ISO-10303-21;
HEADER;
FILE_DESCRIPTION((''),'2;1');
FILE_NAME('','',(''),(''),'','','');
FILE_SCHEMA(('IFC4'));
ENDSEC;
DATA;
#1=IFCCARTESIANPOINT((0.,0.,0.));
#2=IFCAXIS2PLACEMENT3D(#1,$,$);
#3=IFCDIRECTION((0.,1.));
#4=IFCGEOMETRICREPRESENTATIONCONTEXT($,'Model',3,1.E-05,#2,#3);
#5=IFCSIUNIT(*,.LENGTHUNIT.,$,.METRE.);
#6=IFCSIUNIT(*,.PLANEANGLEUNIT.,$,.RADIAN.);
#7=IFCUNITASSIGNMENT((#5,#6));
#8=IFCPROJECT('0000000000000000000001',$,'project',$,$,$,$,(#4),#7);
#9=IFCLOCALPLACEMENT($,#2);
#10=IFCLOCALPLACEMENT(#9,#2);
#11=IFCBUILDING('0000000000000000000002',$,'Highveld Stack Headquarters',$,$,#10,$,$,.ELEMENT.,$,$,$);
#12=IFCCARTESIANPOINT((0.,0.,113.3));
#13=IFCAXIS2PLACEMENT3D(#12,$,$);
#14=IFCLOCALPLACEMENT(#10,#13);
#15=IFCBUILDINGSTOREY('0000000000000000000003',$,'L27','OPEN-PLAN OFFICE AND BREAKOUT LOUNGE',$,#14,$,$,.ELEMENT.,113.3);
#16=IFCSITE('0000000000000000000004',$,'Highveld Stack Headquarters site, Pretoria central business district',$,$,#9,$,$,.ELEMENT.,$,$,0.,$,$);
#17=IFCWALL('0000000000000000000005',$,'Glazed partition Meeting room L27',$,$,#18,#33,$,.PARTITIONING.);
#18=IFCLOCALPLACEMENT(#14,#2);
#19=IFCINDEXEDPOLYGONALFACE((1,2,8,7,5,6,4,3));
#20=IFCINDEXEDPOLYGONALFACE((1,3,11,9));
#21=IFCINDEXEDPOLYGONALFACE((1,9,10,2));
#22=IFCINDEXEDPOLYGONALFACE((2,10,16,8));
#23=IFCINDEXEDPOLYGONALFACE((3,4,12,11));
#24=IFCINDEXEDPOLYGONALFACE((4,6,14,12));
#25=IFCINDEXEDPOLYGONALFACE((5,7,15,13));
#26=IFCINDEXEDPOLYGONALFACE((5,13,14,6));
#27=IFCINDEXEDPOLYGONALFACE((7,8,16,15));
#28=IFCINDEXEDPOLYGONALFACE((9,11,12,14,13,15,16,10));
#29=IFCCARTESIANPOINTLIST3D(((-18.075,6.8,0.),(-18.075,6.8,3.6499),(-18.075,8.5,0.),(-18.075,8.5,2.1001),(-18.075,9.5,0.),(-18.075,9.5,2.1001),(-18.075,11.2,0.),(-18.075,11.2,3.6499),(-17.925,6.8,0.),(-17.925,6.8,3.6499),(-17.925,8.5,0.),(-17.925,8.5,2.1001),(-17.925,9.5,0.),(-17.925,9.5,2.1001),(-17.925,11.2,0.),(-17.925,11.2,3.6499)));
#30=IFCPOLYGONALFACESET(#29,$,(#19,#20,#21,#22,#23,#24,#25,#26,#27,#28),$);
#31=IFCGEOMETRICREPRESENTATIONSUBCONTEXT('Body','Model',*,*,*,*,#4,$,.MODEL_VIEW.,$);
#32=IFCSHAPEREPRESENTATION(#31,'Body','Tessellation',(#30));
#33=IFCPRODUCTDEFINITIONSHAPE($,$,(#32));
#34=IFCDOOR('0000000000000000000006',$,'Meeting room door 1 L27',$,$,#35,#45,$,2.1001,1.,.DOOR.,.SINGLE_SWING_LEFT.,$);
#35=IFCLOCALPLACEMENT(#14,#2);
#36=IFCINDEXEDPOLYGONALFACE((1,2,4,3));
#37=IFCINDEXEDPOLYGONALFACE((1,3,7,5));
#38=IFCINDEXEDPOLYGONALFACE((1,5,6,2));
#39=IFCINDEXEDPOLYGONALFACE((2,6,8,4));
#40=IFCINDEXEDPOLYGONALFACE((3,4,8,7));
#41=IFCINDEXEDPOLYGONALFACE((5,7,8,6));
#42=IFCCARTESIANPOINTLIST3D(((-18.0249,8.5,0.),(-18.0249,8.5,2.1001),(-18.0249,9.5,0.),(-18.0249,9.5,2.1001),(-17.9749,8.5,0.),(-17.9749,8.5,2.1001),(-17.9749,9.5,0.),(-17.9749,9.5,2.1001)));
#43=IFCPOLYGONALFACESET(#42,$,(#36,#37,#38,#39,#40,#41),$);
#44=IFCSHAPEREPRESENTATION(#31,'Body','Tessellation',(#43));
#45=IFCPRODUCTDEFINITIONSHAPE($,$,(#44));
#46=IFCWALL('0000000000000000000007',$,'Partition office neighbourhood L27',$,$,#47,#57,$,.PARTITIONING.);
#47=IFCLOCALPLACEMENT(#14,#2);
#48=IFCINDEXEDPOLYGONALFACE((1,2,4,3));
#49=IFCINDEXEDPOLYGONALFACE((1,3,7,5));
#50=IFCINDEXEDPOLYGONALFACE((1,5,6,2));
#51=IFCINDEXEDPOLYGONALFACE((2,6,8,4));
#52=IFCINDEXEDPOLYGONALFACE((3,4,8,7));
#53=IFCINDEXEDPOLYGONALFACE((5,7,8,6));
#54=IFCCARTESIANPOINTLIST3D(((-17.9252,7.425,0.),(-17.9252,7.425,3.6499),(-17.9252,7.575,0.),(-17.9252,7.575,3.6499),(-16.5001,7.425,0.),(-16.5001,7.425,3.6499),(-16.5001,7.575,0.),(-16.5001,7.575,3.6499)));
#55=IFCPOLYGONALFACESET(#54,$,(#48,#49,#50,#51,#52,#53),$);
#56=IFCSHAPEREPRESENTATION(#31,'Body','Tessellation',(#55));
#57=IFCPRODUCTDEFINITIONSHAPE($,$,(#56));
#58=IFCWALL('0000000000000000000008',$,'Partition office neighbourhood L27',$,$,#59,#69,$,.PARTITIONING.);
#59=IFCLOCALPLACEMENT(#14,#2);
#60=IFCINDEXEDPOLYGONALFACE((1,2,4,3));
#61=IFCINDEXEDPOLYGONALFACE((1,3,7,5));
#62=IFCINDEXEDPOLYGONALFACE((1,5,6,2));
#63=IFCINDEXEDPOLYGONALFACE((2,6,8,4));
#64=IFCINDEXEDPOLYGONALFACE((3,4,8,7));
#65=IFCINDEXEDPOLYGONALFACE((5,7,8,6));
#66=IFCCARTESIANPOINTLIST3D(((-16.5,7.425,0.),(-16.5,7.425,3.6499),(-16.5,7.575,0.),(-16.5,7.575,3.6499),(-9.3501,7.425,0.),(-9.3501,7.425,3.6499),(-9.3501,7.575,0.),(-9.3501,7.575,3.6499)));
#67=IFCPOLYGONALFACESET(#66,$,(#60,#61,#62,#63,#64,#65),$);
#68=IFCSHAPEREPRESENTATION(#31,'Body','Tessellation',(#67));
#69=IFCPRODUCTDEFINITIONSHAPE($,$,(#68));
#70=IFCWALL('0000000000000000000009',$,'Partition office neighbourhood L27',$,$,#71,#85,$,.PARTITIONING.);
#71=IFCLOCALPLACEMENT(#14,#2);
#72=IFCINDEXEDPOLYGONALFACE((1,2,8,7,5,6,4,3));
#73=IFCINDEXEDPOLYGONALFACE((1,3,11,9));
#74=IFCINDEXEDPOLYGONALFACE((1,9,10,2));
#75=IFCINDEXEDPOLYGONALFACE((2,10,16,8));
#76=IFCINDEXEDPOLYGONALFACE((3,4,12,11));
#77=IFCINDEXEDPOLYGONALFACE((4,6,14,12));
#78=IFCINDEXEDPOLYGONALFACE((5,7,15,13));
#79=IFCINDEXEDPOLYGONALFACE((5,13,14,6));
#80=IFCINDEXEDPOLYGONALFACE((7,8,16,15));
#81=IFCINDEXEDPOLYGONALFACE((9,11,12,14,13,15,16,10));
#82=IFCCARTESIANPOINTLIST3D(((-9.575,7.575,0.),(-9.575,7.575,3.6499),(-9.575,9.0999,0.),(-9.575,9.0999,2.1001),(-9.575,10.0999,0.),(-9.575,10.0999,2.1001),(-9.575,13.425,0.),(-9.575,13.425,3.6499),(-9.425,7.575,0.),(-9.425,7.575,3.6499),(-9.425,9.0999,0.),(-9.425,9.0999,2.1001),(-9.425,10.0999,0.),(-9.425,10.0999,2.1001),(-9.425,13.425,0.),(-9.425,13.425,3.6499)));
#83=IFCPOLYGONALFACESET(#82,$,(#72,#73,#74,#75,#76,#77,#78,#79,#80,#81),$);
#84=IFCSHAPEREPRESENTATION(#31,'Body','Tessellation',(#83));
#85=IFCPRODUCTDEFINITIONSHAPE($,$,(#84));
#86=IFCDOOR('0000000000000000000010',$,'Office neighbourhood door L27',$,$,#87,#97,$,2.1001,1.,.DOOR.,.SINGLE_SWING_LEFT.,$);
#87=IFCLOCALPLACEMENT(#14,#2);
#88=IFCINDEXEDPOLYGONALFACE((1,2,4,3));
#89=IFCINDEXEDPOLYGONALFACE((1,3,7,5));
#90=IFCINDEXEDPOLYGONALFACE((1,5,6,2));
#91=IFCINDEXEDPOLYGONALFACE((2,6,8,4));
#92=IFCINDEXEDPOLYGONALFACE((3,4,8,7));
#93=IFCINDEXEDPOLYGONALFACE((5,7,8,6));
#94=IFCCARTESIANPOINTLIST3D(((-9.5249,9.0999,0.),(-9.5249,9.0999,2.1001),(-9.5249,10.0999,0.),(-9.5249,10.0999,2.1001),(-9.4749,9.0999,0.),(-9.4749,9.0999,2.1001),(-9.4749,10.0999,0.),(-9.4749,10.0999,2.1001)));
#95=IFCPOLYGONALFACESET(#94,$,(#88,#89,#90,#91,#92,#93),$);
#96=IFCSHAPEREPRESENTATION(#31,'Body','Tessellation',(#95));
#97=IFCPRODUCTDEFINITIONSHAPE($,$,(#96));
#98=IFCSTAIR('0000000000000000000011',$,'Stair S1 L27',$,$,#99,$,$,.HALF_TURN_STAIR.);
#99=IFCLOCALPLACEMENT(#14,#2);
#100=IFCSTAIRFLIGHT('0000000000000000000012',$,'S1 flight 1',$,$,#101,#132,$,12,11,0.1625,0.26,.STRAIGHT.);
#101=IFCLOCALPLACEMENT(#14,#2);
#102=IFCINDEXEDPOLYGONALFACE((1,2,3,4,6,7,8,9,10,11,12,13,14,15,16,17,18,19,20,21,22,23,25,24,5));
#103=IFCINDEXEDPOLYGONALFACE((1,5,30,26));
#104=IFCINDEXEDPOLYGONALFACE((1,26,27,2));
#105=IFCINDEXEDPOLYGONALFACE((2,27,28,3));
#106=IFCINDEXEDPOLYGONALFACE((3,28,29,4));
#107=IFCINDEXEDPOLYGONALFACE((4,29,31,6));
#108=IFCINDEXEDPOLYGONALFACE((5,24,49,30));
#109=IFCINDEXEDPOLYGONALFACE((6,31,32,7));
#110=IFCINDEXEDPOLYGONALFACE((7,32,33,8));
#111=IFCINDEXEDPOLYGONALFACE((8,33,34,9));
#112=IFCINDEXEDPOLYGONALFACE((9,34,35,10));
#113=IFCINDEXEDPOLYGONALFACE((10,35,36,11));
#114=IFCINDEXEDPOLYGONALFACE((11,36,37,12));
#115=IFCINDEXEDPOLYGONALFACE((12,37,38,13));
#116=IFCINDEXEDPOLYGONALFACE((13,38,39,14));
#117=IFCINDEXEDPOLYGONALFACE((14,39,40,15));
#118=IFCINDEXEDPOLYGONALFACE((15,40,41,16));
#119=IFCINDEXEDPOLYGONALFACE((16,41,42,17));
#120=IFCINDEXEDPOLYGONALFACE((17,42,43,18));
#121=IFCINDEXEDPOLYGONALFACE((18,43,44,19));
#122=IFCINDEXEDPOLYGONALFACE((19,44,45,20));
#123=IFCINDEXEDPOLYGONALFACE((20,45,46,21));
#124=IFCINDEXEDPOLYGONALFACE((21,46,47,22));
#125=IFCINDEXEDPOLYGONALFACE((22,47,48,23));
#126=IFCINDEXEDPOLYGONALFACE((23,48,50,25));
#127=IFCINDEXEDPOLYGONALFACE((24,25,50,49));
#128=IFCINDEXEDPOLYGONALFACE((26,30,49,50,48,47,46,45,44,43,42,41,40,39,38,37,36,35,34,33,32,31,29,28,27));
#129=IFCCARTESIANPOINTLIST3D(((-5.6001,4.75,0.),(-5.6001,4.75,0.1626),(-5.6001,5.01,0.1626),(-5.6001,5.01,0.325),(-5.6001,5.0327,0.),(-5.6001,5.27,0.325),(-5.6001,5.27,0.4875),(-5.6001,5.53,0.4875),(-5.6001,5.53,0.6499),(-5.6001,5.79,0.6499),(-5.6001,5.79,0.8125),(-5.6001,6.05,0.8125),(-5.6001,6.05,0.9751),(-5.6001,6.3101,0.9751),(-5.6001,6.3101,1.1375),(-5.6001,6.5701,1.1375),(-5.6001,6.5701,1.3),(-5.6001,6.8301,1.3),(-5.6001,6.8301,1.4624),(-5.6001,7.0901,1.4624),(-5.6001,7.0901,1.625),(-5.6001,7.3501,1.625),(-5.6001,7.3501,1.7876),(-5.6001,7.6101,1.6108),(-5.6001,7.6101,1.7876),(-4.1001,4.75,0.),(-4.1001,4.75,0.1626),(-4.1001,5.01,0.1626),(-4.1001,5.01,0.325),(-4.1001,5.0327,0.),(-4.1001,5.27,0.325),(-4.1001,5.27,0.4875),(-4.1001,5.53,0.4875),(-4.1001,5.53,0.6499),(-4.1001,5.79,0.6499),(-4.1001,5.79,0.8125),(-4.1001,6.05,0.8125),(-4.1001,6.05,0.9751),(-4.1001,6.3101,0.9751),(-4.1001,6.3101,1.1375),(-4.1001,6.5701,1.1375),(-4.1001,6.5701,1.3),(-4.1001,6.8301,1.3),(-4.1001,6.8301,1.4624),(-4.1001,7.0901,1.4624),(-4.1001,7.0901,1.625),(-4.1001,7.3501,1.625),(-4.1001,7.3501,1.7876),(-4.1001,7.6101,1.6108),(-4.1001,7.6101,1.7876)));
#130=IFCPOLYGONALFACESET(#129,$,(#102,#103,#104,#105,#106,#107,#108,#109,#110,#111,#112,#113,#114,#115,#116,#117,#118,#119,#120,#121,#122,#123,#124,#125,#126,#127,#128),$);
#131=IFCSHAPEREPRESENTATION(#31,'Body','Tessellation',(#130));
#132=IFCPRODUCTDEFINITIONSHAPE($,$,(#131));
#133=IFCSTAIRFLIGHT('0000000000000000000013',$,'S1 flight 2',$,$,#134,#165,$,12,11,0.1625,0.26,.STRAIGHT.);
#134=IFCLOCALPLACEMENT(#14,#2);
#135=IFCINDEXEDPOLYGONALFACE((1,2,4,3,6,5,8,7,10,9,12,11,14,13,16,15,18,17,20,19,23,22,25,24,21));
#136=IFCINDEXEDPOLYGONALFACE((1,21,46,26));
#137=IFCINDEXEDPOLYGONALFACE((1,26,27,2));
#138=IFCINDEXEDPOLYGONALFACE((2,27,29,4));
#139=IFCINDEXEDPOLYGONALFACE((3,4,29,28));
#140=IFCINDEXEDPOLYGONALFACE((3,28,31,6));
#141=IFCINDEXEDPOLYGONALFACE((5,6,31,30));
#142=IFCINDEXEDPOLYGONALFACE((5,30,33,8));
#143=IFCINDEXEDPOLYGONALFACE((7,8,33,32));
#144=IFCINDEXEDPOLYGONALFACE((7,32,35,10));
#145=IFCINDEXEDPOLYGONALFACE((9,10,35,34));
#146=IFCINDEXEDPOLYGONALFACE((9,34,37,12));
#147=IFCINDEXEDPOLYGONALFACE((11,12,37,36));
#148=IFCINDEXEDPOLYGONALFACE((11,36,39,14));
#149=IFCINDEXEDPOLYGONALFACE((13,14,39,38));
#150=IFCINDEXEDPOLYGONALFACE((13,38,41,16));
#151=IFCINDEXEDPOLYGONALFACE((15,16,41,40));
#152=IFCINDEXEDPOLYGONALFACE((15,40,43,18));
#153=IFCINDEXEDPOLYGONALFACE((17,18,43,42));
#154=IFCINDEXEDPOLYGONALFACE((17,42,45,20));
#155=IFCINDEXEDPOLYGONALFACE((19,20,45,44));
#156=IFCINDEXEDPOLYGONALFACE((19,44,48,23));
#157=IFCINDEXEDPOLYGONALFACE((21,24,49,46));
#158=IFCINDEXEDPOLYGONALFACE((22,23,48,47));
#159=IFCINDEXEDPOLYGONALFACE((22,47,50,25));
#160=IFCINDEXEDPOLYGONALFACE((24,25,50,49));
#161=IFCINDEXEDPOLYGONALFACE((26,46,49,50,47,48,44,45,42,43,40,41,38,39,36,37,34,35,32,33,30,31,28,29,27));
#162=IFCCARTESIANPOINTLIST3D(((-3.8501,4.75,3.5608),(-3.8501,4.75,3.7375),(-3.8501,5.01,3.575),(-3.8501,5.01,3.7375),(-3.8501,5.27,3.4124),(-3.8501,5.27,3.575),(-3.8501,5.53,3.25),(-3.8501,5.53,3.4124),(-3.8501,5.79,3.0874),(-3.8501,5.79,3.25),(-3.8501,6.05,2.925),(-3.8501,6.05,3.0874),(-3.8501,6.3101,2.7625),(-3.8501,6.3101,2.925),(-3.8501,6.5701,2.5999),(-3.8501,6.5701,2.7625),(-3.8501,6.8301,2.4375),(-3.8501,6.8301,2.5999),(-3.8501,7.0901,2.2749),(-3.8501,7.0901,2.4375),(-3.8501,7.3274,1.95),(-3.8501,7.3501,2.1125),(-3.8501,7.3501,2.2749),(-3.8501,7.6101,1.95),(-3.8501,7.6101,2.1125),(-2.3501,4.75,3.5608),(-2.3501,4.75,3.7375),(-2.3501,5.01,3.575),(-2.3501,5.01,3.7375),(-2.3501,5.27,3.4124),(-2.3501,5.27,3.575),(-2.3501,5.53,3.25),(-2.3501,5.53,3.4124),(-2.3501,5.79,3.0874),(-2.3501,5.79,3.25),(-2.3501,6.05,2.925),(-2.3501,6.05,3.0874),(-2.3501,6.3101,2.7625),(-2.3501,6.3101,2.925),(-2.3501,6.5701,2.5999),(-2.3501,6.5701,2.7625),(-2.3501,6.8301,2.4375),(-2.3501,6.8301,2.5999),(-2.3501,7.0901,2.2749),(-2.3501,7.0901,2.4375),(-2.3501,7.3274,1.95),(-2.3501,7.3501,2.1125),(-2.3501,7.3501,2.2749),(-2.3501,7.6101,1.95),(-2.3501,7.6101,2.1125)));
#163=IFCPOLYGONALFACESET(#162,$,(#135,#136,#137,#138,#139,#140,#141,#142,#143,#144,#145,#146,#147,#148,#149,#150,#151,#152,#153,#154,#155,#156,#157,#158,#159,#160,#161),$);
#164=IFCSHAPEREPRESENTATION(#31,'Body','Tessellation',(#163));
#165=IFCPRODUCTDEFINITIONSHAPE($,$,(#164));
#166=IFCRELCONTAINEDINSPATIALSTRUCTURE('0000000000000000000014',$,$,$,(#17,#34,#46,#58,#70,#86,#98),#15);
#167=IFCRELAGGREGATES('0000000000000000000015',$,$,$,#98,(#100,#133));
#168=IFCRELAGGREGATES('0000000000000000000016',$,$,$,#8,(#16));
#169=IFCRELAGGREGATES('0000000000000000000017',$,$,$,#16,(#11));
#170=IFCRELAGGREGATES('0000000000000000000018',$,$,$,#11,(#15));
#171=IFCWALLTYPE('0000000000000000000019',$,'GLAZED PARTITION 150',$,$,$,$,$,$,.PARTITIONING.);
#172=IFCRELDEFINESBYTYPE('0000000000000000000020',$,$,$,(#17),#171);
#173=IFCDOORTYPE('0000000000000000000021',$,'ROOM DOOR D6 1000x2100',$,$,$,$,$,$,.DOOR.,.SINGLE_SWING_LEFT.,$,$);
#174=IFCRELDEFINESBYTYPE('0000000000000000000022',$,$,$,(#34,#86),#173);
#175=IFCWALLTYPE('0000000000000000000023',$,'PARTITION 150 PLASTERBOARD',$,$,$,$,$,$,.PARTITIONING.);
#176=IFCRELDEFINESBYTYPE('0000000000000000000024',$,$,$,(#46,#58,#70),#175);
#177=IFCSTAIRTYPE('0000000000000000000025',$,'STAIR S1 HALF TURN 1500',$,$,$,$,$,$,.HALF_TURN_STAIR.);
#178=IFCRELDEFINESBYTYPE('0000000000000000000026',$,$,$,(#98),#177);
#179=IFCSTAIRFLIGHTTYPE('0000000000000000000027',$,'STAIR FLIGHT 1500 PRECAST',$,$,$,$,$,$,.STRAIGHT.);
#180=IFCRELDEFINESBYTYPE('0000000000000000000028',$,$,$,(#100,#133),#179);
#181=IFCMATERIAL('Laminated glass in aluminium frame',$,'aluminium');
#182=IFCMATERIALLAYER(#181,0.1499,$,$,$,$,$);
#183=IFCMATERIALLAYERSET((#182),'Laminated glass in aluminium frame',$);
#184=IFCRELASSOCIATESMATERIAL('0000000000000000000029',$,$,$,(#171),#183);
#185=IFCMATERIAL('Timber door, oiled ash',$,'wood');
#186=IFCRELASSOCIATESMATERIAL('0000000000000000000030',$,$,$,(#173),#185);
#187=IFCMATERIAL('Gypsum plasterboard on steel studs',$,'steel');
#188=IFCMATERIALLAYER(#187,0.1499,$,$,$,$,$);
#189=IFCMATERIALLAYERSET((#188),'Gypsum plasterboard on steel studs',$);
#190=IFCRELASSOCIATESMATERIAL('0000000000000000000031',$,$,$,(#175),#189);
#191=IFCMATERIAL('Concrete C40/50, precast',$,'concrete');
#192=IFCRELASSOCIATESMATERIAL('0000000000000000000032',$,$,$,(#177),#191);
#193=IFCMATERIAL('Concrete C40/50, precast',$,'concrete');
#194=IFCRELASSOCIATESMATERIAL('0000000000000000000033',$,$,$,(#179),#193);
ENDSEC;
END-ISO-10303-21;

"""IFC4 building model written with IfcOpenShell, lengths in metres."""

from ifc_helpers import new_model, si_unit, direction, frame, frame_2d, origin, place, context, subcontext, project, spatial, polyline, rectangle, outline, extrude, material, layer, layer_set, type_object, element, fill, aggregate, save


model = new_model("IFC4")

# Units and contexts
model_context = context("Model", 3, precision=1e-05, world=origin(), true_north=direction((0.0, 1.0)))
body_context = subcontext(model_context, "Body", "Model", "MODEL_VIEW")
ifc_project = project(units=[si_unit("LENGTHUNIT", "METRE"), si_unit("PLANEANGLEUNIT", "RADIAN")], contexts=[model_context])

# Site, building, storey
site_placement = place(None, origin())
site = spatial("IfcSite", under=ifc_project, at=site_placement, Name="Highveld Stack Headquarters site, Pretoria central business district", CompositionType="ELEMENT", RefElevation=0.0)
building_placement = place(site_placement, origin())
building = spatial("IfcBuilding", under=site, at=building_placement, Name="Highveld Stack Headquarters", CompositionType="ELEMENT")
storey_placement = place(building_placement, frame((0.0, 0.0, 113.3)))
storey = spatial("IfcBuildingStorey", under=building, at=storey_placement, Name="L27", Description="OPEN-PLAN OFFICE AND BREAKOUT LOUNGE", CompositionType="ELEMENT", Elevation=113.3)

# Wall, opening, door
ifc_material_1 = material(Name="Laminated glass in aluminium frame", Category="aluminium")
ifc_layer_1 = layer(ifc_material_1, 0.1499)
ifc_layer_set_1 = layer_set([ifc_layer_1], Name="Laminated glass in aluminium frame")
wall_type_1 = type_object("IfcWallType", Name="GLAZED PARTITION 150", PredefinedType="PARTITIONING", material=ifc_layer_set_1)
wall_1_placement = place(storey_placement, frame((-18.0, 6.8, 0.0), z_axis=(0.0, 0.0, 1.0), x_axis=(0.0, 1.0, 0.0)))
wall_1 = element("IfcWall", 1, at=wall_1_placement, inside=storey, type_object=wall_type_1, Name="Glazed partition Meeting room L27", PredefinedType="PARTITIONING", context=body_context, shape_type="SweptSolid", body=[
    extrude(rectangle(XDim=4.3999, YDim=0.1499, at=frame_2d((2.2, 0.0))), origin(), (0.0, 0.0, 1.0), 3.6499),
])
opening_1_placement = place(wall_1_placement, frame((1.7, 0.0, 0.0)))
opening_1 = element("IfcOpeningElement", 2, at=opening_1_placement, cuts=wall_1, PredefinedType="OPENING", context=body_context, shape_type="SweptSolid", body=[
    extrude(rectangle(XDim=1.0, YDim=2.1001, at=frame_2d((0.5, 1.05))), frame((0.0, 0.085, 0.0), z_axis=(0.0, -1.0, 0.0), x_axis=(1.0, 0.0, 0.0)), (0.0, 0.0, 1.0), 0.1699),
])
ifc_material_2 = material(Name="Timber door, oiled ash", Category="wood")
door_type_1 = type_object("IfcDoorType", Name="ROOM DOOR D6 1000x2100", OperationType="SINGLE_SWING_LEFT", PredefinedType="DOOR", material=ifc_material_2)
door_1_placement = place(opening_1_placement, origin())
door_1 = element("IfcDoor", 3, at=door_1_placement, inside=storey, type_object=door_type_1, Name="Meeting room door 1 L27", OperationType="SINGLE_SWING_LEFT", OverallHeight=2.1001, OverallWidth=1.0, PredefinedType="DOOR", context=body_context, shape_type="SweptSolid", body=[
    extrude(rectangle(XDim=1.0, YDim=2.1001, at=frame_2d((0.5, 1.05))), frame((0.0, 0.0249, 0.0), z_axis=(0.0, -1.0, 0.0), x_axis=(1.0, 0.0, 0.0)), (0.0, 0.0, 1.0), 0.05),
])
fill(opening_1, door_1)

# Walls
ifc_material_3 = material(Name="Gypsum plasterboard on steel studs", Category="steel")
ifc_layer_2 = layer(ifc_material_3, 0.1499)
ifc_layer_set_2 = layer_set([ifc_layer_2], Name="Gypsum plasterboard on steel studs")
wall_type_2 = type_object("IfcWallType", Name="PARTITION 150 PLASTERBOARD", PredefinedType="PARTITIONING", material=ifc_layer_set_2)
wall_2_placement = place(storey_placement, frame((-17.925, 7.5, 0.0), z_axis=(0.0, 0.0, 1.0), x_axis=(1.0, 0.0, 0.0)))
element("IfcWall", 4, at=wall_2_placement, inside=storey, type_object=wall_type_2, Name="Partition office neighbourhood L27", PredefinedType="PARTITIONING", context=body_context, shape_type="SweptSolid", body=[
    extrude(rectangle(XDim=1.425, YDim=0.1499, at=frame_2d((0.7124, 0.0))), origin(), (0.0, 0.0, 1.0), 3.6499),
])
wall_3_placement = place(storey_placement, frame((-16.5, 7.5, 0.0), z_axis=(0.0, 0.0, 1.0), x_axis=(1.0, 0.0, 0.0)))
element("IfcWall", 5, at=wall_3_placement, inside=storey, type_object=wall_type_2, Name="Partition office neighbourhood L27", PredefinedType="PARTITIONING", context=body_context, shape_type="SweptSolid", body=[
    extrude(rectangle(XDim=7.1499, YDim=0.1499, at=frame_2d((3.575, 0.0))), origin(), (0.0, 0.0, 1.0), 3.6499),
])

# Wall, opening, door
wall_4_placement = place(storey_placement, frame((-9.5, 7.575, 0.0), z_axis=(0.0, 0.0, 1.0), x_axis=(0.0, 1.0, 0.0)))
wall_4 = element("IfcWall", 6, at=wall_4_placement, inside=storey, type_object=wall_type_2, Name="Partition office neighbourhood L27", PredefinedType="PARTITIONING", context=body_context, shape_type="SweptSolid", body=[
    extrude(rectangle(XDim=5.8501, YDim=0.1499, at=frame_2d((2.925, 0.0))), origin(), (0.0, 0.0, 1.0), 3.6499),
])
opening_2_placement = place(wall_4_placement, frame((1.5249, 0.0, 0.0)))
opening_2 = element("IfcOpeningElement", 7, at=opening_2_placement, cuts=wall_4, PredefinedType="OPENING", context=body_context, shape_type="SweptSolid", body=[
    extrude(rectangle(XDim=1.0, YDim=2.1001, at=frame_2d((0.5, 1.05))), frame((0.0, 0.085, 0.0), z_axis=(0.0, -1.0, 0.0), x_axis=(1.0, 0.0, 0.0)), (0.0, 0.0, 1.0), 0.1699),
])
door_2_placement = place(opening_2_placement, origin())
door_2 = element("IfcDoor", 8, at=door_2_placement, inside=storey, type_object=door_type_1, Name="Office neighbourhood door L27", OperationType="SINGLE_SWING_LEFT", OverallHeight=2.1001, OverallWidth=1.0, PredefinedType="DOOR", context=body_context, shape_type="SweptSolid", body=[
    extrude(rectangle(XDim=1.0, YDim=2.1001, at=frame_2d((0.5, 1.05))), frame((0.0, 0.0249, 0.0), z_axis=(0.0, -1.0, 0.0), x_axis=(1.0, 0.0, 0.0)), (0.0, 0.0, 1.0), 0.05),
])
fill(opening_2, door_2)

# Stair, stair flights
ifc_material_4 = material(Name="Concrete C40/50, precast", Category="concrete")
stair_type = type_object("IfcStairType", Name="STAIR S1 HALF TURN 1500", PredefinedType="HALF_TURN_STAIR", material=ifc_material_4)
stair_placement = place(storey_placement, origin())
stair = element("IfcStair", 9, at=stair_placement, inside=storey, type_object=stair_type, Name="Stair S1 L27", PredefinedType="HALF_TURN_STAIR")
ifc_material_5 = material(Name="Concrete C40/50, precast", Category="concrete")
stair_flight_type = type_object("IfcStairFlightType", Name="STAIR FLIGHT 1500 PRECAST", PredefinedType="STRAIGHT", material=ifc_material_5)
stair_flight_1_placement = place(storey_placement, frame((-4.8501, 4.75, 0.0), z_axis=(0.0, 0.0, 1.0), x_axis=(0.0, 1.0, 0.0)))
stair_flight_1 = element("IfcStairFlight", 10, at=stair_flight_1_placement, type_object=stair_flight_type, Name="S1 flight 1", NumberOfRisers=12, NumberOfTreads=11, PredefinedType="STRAIGHT", RiserHeight=0.1625, TreadLength=0.26, context=body_context, shape_type="SweptSolid", body=[
    extrude(outline(polyline([(0.0, 0.0), (0.0, 0.1626), (0.26, 0.1626), (0.26, 0.325), (0.52, 0.325), (0.52, 0.4875), (0.78, 0.4875), (0.78, 0.6499), (1.04, 0.6499), (1.04, 0.8125), (1.3, 0.8125), (1.3, 0.9751), (1.5601, 0.9751), (1.5601, 1.1375), (1.8201, 1.1375), (1.8201, 1.3), (2.0801, 1.3), (2.0801, 1.4624), (2.3401, 1.4624), (2.3401, 1.625), (2.6001, 1.625), (2.6001, 1.7876), (2.8601, 1.7876), (2.8601, 1.95), (2.8601, 1.6108), (0.2827, 0.0), (0.0, 0.0)])), frame((0.0, 0.75, 0.0), z_axis=(0.0, -1.0, 0.0), x_axis=(1.0, 0.0, 0.0)), (0.0, 0.0, 1.0), 1.5),
])
stair_flight_2_placement = place(storey_placement, frame((-3.1001, 7.6101, 1.95), z_axis=(0.0, 0.0, 1.0), x_axis=(0.0, -1.0, 0.0)))
stair_flight_2 = element("IfcStairFlight", 11, at=stair_flight_2_placement, type_object=stair_flight_type, Name="S1 flight 2", NumberOfRisers=12, NumberOfTreads=11, PredefinedType="STRAIGHT", RiserHeight=0.1625, TreadLength=0.26, context=body_context, shape_type="SweptSolid", body=[
    extrude(outline(polyline([(0.0, 0.0), (0.0, 0.1626), (0.26, 0.1626), (0.26, 0.325), (0.52, 0.325), (0.52, 0.4875), (0.78, 0.4875), (0.78, 0.6499), (1.04, 0.6499), (1.04, 0.8125), (1.3, 0.8125), (1.3, 0.9751), (1.5601, 0.9751), (1.5601, 1.1375), (1.8201, 1.1375), (1.8201, 1.3), (2.0801, 1.3), (2.0801, 1.4624), (2.3401, 1.4624), (2.3401, 1.625), (2.6001, 1.625), (2.6001, 1.7876), (2.8601, 1.7876), (2.8601, 1.95), (2.8601, 1.6108), (0.2827, 0.0), (0.0, 0.0)])), frame((0.0, 0.75, 0.0), z_axis=(0.0, -1.0, 0.0), x_axis=(1.0, 0.0, 0.0)), (0.0, 0.0, 1.0), 1.5),
])
aggregate(stair, [stair_flight_1, stair_flight_2])

save(model, "model.ifc")
